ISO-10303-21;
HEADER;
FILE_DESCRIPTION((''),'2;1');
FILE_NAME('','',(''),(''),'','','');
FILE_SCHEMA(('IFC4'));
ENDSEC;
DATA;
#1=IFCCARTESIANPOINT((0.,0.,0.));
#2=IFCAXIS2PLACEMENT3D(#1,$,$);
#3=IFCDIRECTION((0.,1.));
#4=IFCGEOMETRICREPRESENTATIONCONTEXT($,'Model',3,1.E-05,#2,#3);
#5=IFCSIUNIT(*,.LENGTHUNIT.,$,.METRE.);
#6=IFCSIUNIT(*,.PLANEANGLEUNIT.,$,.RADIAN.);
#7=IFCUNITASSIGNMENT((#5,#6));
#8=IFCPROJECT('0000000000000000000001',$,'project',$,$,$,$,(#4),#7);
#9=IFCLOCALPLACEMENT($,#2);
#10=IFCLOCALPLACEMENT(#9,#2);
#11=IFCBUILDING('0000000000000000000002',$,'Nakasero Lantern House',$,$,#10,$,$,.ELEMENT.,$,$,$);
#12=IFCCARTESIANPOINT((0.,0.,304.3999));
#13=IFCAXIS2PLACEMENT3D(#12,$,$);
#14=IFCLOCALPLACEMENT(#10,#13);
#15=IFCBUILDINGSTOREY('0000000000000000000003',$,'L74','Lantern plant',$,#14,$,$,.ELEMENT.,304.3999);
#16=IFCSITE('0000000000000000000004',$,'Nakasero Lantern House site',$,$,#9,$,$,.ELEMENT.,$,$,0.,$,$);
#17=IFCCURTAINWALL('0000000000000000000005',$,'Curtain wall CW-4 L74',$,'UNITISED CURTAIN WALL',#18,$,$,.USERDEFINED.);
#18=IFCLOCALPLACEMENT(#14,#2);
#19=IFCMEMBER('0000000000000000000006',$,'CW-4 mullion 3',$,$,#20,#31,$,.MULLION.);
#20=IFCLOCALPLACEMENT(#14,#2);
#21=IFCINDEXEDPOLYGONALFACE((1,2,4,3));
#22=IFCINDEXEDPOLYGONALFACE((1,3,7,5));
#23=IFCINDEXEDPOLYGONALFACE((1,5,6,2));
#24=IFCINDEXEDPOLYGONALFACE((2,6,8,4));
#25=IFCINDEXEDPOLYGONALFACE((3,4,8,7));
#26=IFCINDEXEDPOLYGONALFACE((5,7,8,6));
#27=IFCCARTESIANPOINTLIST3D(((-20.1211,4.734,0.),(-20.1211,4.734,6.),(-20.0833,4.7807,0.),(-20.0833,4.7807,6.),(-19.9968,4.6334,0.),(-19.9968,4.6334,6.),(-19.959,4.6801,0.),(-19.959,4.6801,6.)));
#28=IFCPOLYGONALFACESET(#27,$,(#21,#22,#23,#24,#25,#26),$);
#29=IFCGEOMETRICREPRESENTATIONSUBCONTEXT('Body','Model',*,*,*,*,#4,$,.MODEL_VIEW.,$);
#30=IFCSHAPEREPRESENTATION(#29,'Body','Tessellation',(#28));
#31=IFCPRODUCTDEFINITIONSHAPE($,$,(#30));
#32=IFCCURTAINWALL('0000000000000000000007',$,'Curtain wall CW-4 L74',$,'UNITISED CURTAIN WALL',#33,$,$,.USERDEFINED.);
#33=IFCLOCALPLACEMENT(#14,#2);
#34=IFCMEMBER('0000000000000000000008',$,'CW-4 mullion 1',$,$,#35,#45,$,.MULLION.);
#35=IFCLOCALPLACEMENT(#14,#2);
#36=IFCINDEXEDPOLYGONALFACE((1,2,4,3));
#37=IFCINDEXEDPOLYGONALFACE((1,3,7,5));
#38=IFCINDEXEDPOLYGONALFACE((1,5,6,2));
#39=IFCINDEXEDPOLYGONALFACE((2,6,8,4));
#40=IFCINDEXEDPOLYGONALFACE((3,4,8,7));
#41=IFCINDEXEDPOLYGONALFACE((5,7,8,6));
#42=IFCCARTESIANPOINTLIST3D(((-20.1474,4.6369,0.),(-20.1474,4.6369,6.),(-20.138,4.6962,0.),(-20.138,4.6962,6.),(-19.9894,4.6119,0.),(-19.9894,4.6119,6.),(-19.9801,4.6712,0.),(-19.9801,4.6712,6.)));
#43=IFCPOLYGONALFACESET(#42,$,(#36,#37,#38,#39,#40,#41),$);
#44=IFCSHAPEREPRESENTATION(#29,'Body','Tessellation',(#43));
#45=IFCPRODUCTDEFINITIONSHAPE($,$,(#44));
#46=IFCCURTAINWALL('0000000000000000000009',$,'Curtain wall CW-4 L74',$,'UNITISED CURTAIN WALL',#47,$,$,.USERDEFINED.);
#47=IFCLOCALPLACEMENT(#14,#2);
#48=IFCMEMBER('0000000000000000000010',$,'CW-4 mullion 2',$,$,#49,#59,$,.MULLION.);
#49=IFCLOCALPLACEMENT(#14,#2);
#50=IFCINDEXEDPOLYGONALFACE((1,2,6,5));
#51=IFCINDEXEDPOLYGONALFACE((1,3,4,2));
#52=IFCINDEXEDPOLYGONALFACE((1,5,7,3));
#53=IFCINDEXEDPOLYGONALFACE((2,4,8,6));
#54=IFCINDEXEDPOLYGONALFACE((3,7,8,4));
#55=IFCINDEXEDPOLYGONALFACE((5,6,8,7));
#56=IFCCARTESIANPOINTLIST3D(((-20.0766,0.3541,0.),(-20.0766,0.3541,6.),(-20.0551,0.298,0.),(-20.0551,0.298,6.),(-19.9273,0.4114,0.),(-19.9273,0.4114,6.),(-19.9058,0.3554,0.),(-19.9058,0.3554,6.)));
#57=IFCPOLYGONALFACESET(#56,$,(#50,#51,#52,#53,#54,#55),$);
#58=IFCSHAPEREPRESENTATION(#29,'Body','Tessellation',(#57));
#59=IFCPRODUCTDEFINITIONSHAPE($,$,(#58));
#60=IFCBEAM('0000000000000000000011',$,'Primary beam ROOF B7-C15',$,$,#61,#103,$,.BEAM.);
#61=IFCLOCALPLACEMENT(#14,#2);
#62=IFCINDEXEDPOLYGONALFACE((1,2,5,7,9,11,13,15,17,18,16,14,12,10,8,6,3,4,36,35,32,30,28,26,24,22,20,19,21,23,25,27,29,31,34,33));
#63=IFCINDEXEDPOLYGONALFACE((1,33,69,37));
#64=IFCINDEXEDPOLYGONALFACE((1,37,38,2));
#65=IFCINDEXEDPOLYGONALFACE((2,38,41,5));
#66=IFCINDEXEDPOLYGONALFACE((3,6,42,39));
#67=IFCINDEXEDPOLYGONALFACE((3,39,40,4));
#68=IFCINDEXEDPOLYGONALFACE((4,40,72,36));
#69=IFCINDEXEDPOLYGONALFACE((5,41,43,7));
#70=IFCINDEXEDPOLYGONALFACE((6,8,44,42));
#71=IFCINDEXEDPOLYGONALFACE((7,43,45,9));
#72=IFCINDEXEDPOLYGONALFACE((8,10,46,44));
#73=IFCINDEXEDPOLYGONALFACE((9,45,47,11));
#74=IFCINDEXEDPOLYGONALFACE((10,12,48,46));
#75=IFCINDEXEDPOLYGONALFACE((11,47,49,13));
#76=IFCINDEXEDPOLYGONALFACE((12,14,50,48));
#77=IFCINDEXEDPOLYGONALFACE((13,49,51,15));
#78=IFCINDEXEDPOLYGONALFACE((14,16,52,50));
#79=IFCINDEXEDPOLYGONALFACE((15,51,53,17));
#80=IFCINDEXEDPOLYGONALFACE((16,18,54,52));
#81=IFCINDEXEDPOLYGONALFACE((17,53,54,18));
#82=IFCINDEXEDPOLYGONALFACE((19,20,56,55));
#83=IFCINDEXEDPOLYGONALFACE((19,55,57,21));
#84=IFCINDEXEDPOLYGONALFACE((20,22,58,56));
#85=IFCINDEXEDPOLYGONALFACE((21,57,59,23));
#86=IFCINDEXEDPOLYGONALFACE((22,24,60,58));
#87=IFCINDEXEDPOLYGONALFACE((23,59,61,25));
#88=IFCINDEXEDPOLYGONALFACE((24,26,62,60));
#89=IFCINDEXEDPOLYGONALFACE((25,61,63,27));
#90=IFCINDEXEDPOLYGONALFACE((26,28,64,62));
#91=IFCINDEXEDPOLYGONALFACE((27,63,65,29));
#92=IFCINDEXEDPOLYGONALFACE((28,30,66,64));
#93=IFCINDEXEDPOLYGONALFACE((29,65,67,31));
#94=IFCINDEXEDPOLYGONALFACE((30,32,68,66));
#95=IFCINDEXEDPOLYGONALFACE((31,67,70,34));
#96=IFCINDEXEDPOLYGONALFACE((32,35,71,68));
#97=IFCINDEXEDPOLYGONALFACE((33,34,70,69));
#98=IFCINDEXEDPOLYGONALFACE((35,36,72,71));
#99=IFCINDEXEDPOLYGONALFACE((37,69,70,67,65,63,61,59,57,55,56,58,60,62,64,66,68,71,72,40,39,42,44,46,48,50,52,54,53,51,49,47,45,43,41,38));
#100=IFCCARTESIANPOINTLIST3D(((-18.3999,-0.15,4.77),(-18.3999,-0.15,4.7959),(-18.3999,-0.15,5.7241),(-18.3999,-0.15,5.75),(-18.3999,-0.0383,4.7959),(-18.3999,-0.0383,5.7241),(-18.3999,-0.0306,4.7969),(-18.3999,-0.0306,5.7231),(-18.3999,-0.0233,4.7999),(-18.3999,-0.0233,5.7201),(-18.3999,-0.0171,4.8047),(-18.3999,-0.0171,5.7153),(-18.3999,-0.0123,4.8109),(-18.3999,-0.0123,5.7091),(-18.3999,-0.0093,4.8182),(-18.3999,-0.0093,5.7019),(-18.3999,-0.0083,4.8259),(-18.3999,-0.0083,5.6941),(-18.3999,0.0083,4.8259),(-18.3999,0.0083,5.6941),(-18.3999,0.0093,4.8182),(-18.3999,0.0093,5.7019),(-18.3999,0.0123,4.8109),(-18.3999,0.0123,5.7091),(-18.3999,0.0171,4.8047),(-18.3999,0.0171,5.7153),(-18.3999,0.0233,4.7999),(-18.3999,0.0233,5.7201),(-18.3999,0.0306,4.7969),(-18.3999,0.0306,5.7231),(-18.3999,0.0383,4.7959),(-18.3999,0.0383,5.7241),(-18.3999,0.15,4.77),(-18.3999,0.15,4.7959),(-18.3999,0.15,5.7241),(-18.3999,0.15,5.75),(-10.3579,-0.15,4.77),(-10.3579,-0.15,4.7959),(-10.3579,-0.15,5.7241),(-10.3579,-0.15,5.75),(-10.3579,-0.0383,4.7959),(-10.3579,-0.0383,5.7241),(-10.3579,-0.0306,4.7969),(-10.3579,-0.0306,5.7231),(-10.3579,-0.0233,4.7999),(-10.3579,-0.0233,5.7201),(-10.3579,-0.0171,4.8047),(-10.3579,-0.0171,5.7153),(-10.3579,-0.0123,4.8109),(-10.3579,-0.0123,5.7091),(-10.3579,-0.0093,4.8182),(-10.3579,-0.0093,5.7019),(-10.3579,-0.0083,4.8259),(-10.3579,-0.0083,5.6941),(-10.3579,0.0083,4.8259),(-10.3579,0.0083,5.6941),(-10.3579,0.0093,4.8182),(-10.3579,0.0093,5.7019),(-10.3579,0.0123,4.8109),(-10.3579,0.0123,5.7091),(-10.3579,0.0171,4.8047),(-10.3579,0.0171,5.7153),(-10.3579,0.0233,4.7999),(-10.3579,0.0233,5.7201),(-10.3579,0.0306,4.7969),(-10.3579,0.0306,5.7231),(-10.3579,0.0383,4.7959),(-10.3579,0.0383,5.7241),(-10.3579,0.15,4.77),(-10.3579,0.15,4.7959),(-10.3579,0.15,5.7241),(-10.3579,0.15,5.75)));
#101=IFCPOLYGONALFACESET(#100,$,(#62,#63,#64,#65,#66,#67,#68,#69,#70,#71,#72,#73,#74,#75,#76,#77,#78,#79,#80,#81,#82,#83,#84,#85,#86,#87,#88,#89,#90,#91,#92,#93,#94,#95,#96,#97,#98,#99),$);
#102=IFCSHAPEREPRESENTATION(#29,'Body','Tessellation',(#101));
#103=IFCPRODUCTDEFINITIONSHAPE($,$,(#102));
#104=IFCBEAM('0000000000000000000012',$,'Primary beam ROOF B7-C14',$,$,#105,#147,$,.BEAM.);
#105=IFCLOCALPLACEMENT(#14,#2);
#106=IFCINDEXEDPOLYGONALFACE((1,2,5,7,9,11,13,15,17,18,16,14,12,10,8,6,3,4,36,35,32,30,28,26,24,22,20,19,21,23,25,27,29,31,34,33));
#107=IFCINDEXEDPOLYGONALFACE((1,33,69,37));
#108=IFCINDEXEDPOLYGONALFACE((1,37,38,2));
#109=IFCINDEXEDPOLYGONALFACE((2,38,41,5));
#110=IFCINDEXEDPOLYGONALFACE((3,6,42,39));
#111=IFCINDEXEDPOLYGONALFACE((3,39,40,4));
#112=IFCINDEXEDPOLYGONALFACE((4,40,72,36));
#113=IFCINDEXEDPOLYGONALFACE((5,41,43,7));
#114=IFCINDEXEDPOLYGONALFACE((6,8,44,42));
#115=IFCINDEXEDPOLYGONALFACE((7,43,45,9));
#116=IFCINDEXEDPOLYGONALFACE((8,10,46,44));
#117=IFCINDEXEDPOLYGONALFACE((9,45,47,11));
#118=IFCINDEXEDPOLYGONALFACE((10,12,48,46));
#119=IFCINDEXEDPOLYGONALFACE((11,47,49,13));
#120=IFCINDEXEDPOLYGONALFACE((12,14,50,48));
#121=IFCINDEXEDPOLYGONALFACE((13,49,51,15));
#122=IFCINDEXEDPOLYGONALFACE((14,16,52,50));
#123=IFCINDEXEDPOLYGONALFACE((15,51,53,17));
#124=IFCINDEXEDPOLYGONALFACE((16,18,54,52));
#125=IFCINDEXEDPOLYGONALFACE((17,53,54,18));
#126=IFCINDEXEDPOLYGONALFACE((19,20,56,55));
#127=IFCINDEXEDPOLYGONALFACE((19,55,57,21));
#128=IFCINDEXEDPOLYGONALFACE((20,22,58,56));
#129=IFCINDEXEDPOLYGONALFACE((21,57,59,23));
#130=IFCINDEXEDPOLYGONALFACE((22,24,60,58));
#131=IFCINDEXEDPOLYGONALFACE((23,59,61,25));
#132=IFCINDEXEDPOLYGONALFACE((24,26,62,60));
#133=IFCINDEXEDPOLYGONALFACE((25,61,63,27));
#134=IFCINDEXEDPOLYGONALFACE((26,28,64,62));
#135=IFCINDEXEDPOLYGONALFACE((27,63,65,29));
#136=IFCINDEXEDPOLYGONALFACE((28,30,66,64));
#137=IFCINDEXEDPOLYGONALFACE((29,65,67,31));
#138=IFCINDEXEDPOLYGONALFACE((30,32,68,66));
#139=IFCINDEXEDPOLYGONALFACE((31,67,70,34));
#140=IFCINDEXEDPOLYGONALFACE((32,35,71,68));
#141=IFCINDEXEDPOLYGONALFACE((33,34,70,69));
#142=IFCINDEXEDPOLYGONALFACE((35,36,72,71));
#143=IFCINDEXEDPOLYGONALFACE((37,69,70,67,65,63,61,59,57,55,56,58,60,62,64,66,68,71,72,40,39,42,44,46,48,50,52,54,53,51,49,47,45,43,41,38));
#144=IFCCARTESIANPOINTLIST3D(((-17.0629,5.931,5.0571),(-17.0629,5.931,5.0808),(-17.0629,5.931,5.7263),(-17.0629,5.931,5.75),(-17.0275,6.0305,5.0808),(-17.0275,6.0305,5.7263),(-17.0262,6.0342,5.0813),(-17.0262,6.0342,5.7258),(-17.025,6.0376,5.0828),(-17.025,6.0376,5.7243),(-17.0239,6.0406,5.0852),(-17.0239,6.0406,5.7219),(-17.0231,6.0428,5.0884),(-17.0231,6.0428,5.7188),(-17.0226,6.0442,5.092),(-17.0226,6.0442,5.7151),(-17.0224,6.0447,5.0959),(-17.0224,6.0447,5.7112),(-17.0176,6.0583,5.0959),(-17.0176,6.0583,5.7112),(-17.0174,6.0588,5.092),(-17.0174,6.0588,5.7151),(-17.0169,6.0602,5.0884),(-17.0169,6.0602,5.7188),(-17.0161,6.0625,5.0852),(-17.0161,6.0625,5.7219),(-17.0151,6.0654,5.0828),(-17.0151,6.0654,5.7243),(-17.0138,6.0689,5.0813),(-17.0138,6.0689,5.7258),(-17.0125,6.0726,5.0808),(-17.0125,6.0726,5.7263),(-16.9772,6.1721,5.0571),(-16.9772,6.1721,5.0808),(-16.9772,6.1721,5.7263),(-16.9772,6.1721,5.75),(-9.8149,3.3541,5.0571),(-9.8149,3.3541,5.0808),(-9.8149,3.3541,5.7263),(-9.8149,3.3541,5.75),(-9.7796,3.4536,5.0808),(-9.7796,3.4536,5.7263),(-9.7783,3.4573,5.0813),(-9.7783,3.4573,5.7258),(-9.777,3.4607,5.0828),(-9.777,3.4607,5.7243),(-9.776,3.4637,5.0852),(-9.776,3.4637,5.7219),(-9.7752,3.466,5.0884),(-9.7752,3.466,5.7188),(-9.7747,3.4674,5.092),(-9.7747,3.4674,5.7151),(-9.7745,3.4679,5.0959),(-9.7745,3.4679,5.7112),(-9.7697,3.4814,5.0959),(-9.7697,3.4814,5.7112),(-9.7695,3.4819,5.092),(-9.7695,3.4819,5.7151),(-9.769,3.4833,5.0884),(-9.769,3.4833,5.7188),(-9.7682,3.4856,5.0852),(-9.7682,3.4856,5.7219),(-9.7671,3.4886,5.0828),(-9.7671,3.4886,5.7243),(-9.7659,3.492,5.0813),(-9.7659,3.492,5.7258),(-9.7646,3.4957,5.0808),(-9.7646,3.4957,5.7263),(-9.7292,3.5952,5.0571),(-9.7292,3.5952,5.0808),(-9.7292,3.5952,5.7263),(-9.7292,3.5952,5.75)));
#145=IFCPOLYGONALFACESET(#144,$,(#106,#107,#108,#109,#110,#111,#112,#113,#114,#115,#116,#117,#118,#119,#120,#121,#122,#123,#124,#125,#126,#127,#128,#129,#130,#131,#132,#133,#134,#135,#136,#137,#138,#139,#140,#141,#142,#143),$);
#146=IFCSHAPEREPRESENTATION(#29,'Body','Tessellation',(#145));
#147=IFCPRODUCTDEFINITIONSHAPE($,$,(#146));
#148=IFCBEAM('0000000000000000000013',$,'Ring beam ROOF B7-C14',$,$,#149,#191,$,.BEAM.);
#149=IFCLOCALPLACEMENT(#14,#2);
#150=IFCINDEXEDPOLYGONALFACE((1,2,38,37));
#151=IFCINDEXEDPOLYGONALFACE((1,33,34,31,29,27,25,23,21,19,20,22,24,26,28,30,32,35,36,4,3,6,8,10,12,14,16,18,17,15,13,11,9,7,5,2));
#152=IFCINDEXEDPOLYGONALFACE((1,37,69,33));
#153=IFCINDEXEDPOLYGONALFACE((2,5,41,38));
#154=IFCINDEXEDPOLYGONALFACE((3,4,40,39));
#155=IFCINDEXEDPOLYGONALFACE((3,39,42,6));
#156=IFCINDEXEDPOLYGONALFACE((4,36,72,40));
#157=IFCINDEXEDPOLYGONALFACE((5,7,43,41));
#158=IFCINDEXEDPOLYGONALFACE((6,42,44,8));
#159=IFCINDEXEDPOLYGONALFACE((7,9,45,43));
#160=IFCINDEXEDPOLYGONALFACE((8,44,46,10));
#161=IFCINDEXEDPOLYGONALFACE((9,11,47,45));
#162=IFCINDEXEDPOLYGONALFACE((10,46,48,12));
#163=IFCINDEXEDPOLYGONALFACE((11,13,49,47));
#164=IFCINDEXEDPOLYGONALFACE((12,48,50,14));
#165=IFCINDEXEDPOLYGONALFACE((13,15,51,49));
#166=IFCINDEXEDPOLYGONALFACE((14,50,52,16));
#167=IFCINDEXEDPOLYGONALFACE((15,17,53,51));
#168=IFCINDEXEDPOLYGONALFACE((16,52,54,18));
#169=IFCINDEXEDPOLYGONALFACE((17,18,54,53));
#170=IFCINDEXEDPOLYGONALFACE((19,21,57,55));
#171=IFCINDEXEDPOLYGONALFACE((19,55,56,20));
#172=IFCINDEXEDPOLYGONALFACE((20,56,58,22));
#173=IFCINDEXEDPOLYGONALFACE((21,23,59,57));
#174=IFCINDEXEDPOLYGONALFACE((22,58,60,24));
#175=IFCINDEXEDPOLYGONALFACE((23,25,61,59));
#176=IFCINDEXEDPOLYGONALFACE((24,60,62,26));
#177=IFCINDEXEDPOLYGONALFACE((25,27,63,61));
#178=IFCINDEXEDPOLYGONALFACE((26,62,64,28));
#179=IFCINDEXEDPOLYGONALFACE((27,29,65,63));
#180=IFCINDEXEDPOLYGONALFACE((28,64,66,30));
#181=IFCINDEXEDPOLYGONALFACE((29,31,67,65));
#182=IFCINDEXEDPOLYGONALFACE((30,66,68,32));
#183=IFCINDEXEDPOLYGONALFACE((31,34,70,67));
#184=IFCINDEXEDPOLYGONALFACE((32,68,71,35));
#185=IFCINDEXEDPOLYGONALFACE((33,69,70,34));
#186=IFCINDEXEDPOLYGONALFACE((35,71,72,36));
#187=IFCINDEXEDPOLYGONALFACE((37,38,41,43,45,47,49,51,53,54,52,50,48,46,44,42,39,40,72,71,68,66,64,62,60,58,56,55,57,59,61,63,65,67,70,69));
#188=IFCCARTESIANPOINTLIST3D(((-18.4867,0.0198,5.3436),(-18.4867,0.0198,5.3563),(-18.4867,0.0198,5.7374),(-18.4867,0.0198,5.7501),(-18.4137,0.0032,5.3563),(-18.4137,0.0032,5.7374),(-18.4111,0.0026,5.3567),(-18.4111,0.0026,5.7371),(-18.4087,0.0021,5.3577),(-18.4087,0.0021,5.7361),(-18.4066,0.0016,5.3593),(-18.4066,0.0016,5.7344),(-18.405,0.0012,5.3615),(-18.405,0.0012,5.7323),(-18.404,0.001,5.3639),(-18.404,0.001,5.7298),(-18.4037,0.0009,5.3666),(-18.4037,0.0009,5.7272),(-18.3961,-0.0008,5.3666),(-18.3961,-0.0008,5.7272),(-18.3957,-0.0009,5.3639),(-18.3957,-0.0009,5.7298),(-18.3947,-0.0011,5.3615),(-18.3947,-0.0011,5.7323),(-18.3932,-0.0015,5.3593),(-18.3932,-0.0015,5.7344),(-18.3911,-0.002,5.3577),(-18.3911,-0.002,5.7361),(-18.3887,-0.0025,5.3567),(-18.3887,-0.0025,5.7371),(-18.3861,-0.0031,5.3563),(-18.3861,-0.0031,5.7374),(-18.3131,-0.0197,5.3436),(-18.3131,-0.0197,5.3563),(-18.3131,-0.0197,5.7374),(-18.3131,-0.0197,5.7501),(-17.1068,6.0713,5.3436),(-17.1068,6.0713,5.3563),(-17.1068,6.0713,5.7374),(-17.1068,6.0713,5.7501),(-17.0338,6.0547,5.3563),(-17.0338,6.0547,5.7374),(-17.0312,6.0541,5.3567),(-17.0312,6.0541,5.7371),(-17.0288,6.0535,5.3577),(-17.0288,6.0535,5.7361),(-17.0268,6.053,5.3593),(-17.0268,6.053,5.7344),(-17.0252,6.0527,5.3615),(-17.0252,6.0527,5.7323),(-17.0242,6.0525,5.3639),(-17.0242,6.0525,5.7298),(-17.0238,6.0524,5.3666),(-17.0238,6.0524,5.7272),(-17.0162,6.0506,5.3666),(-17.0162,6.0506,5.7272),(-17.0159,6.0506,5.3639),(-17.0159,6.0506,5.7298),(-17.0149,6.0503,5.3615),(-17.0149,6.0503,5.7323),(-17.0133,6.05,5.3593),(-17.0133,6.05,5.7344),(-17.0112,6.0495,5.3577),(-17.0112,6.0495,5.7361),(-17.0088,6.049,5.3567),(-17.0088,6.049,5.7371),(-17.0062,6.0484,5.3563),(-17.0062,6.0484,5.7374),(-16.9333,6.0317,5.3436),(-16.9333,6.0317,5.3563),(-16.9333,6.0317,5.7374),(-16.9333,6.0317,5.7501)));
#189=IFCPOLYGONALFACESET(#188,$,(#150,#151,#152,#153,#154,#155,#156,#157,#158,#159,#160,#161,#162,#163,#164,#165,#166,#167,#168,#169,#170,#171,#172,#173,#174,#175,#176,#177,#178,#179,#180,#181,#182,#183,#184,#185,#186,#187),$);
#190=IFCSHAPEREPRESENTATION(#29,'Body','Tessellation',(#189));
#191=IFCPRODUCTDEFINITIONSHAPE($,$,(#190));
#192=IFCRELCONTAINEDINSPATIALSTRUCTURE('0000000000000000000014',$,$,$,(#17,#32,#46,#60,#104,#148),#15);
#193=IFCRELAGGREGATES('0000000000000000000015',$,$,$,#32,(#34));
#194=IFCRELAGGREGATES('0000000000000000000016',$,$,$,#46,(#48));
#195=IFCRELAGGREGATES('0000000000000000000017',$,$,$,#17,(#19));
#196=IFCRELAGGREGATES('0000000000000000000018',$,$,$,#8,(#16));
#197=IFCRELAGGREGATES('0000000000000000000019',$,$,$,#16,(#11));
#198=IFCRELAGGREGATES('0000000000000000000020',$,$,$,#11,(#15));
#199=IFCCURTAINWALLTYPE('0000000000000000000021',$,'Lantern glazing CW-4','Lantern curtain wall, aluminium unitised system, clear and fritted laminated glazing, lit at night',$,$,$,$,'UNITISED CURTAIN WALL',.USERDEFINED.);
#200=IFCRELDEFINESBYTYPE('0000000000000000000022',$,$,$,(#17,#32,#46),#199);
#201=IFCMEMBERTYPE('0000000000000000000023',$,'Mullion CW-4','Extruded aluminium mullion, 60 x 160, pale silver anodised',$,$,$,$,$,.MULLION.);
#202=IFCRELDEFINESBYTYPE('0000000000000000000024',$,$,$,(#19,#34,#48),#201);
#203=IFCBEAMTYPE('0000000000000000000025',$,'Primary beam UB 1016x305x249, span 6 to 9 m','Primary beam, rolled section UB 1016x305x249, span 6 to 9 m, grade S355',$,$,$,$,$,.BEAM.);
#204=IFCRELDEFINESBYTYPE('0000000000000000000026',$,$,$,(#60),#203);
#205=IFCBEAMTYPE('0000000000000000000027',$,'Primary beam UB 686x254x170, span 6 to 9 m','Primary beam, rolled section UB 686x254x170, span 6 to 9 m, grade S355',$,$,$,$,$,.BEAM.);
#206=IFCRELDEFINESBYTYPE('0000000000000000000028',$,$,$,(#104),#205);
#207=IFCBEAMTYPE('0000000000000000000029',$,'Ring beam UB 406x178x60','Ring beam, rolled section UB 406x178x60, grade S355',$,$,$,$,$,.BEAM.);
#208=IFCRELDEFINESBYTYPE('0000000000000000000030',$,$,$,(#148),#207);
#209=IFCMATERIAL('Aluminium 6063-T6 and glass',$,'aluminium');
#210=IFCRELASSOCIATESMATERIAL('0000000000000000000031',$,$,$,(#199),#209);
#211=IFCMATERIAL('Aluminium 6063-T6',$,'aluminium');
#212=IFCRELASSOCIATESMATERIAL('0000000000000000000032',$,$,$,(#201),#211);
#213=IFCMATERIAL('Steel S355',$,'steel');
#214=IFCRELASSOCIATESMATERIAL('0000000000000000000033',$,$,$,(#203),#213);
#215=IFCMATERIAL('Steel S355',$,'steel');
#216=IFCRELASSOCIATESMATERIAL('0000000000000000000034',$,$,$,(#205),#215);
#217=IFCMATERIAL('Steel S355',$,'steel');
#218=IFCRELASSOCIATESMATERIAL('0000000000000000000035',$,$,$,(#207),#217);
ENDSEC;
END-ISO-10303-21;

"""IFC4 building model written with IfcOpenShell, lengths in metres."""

from ifc_helpers import new_model, si_unit, direction, frame, origin, origin_2d, place, context, subcontext, project, spatial, rectangle, i_section, extrude, material, material_profile, profile_set, type_object, element, aggregate, save


model = new_model("IFC4")

# Units and contexts
model_context = context("Model", 3, precision=1e-05, world=origin(), true_north=direction((0.0, 1.0)))
body_context = subcontext(model_context, "Body", "Model", "MODEL_VIEW")
ifc_project = project(units=[si_unit("LENGTHUNIT", "METRE"), si_unit("PLANEANGLEUNIT", "RADIAN")], contexts=[model_context])

# Site, building, storey
site_placement = place(None, origin())
site = spatial("IfcSite", under=ifc_project, at=site_placement, Name="Nakasero Lantern House site", CompositionType="ELEMENT", RefElevation=0.0)
building_placement = place(site_placement, origin())
building = spatial("IfcBuilding", under=site, at=building_placement, Name="Nakasero Lantern House", CompositionType="ELEMENT")
storey_placement = place(building_placement, frame((0.0, 0.0, 304.3999)))
storey = spatial("IfcBuildingStorey", under=building, at=storey_placement, Name="L74", Description="Lantern plant", CompositionType="ELEMENT", Elevation=304.3999)

# Curtain wall, member
ifc_material_1 = material(Name="Aluminium 6063-T6 and glass", Category="aluminium")
curtain_wall_type = type_object("IfcCurtainWallType", Name="Lantern glazing CW-4", Description="Lantern curtain wall, aluminium unitised system, clear and fritted laminated glazing, lit at night", ElementType="UNITISED CURTAIN WALL", PredefinedType="USERDEFINED", material=ifc_material_1)
curtain_wall_1_placement = place(storey_placement, origin())
curtain_wall_1 = element("IfcCurtainWall", 1, at=curtain_wall_1_placement, inside=storey, type_object=curtain_wall_type, Name="Curtain wall CW-4 L74", ObjectType="UNITISED CURTAIN WALL", PredefinedType="USERDEFINED")
ifc_material_2 = material(Name="Aluminium 6063-T6", Category="aluminium")
ifc_material_profile_1 = material_profile(ifc_material_2, rectangle(XDim=0.0601, YDim=0.1599, at=origin_2d()), Name="CW-4 mullion 60x160")
ifc_profile_set_1 = profile_set([ifc_material_profile_1], Name="Aluminium 6063-T6")
member_type_1 = type_object("IfcMemberType", Name="Mullion CW-4", Description="Extruded aluminium mullion, 60 x 160, pale silver anodised", PredefinedType="MULLION", material=ifc_profile_set_1)
member_1_placement = place(storey_placement, frame((-20.04, 4.707, 0.0), z_axis=(0.0, 0.0, 1.0), x_axis=(-0.62932, -0.777146, 0.0)))
member_1 = element("IfcMember", 2, at=member_1_placement, type_object=member_type_1, Name="CW-4 mullion 3", PredefinedType="MULLION", context=body_context, shape_type="SweptSolid", body=[
    extrude(rectangle(XDim=0.0601, YDim=0.1599, at=origin_2d()), origin(), (0.0, 0.0, 1.0), 6.0),
])

# Curtain walls, members
curtain_wall_2_placement = place(storey_placement, origin())
curtain_wall_2 = element("IfcCurtainWall", 3, at=curtain_wall_2_placement, inside=storey, type_object=curtain_wall_type, Name="Curtain wall CW-4 L74", ObjectType="UNITISED CURTAIN WALL", PredefinedType="USERDEFINED")
member_2_placement = place(storey_placement, frame((-20.0637, 4.6541, 0.0), z_axis=(0.0, 0.0, 1.0), x_axis=(-0.156434, -0.987688, 0.0)))
member_2 = element("IfcMember", 4, at=member_2_placement, type_object=member_type_1, Name="CW-4 mullion 1", PredefinedType="MULLION", context=body_context, shape_type="SweptSolid", body=[
    extrude(rectangle(XDim=0.0601, YDim=0.1599, at=origin_2d()), origin(), (0.0, 0.0, 1.0), 6.0),
])
aggregate(curtain_wall_2, [member_2])
curtain_wall_3_placement = place(storey_placement, origin())
curtain_wall_3 = element("IfcCurtainWall", 5, at=curtain_wall_3_placement, inside=storey, type_object=curtain_wall_type, Name="Curtain wall CW-4 L74", ObjectType="UNITISED CURTAIN WALL", PredefinedType="USERDEFINED")
member_3_placement = place(storey_placement, frame((-19.9912, 0.3547, 0.0), z_axis=(0.0, 0.0, 1.0), x_axis=(0.358368, -0.93358, 0.0)))
member_3 = element("IfcMember", 6, at=member_3_placement, type_object=member_type_1, Name="CW-4 mullion 2", PredefinedType="MULLION", context=body_context, shape_type="SweptSolid", body=[
    extrude(rectangle(XDim=0.0601, YDim=0.1599, at=origin_2d()), origin(), (0.0, 0.0, 1.0), 6.0),
])

# Beams
ifc_material_3 = material(Name="Steel S355", Category="steel")
ifc_material_profile_2 = material_profile(ifc_material_3, i_section(OverallWidth=0.3, OverallDepth=0.98, WebThickness=0.0166, FlangeThickness=0.0259, FilletRadius=0.03, at=origin_2d()), Name="UB 1016x305x249")
ifc_profile_set_2 = profile_set([ifc_material_profile_2], Name="Steel S355")
beam_type_1 = type_object("IfcBeamType", Name="Primary beam UB 1016x305x249, span 6 to 9 m", Description="Primary beam, rolled section UB 1016x305x249, span 6 to 9 m, grade S355", PredefinedType="BEAM", material=ifc_profile_set_2)
beam_1_placement = place(storey_placement, frame((-18.3999, 0.0, 5.26), z_axis=(1.0, 0.0, 0.0), x_axis=(0.0, 1.0, 0.0)))
element("IfcBeam", 7, at=beam_1_placement, inside=storey, type_object=beam_type_1, Name="Primary beam ROOF B7-C15", PredefinedType="BEAM", context=body_context, shape_type="SweptSolid", body=[
    extrude(i_section(OverallWidth=0.3, OverallDepth=0.98, WebThickness=0.0166, FlangeThickness=0.0259, FilletRadius=0.03, at=origin_2d()), origin(), (0.0, 0.0, 1.0), 8.042),
])
ifc_material_4 = material(Name="Steel S355", Category="steel")
ifc_material_profile_3 = material_profile(ifc_material_4, i_section(OverallWidth=0.2559, OverallDepth=0.6929, WebThickness=0.0144, FlangeThickness=0.0237, FilletRadius=0.0151, at=origin_2d()), Name="UB 686x254x170")
ifc_profile_set_3 = profile_set([ifc_material_profile_3], Name="Steel S355")
beam_type_2 = type_object("IfcBeamType", Name="Primary beam UB 686x254x170, span 6 to 9 m", Description="Primary beam, rolled section UB 686x254x170, span 6 to 9 m, grade S355", PredefinedType="BEAM", material=ifc_profile_set_3)
beam_2_placement = place(storey_placement, frame((-17.02, 6.0515, 5.4036), z_axis=(0.942222, -0.334989, 0.0), x_axis=(0.334989, 0.942222, 0.0)))
element("IfcBeam", 8, at=beam_2_placement, inside=storey, type_object=beam_type_2, Name="Primary beam ROOF B7-C14", PredefinedType="BEAM", context=body_context, shape_type="SweptSolid", body=[
    extrude(i_section(OverallWidth=0.2559, OverallDepth=0.6929, WebThickness=0.0144, FlangeThickness=0.0237, FilletRadius=0.0151, at=origin_2d()), origin(), (0.0, 0.0, 1.0), 7.6924),
])
ifc_material_5 = material(Name="Steel S355", Category="steel")
ifc_material_profile_4 = material_profile(ifc_material_5, i_section(OverallWidth=0.178, OverallDepth=0.4065, WebThickness=0.0078, FlangeThickness=0.0127, FilletRadius=0.0103, at=origin_2d()), Name="UB 406x178x60")
ifc_profile_set_4 = profile_set([ifc_material_profile_4], Name="Steel S355")
beam_type_3 = type_object("IfcBeamType", Name="Ring beam UB 406x178x60", Description="Ring beam, rolled section UB 406x178x60, grade S355", PredefinedType="BEAM", material=ifc_profile_set_4)
beam_3_placement = place(storey_placement, frame((-17.02, 6.0515, 5.5469), z_axis=(-0.222316, -0.974975, 0.0), x_axis=(0.974975, -0.222316, 0.0)))
element("IfcBeam", 9, at=beam_3_placement, inside=storey, type_object=beam_type_3, Name="Ring beam ROOF B7-C14", PredefinedType="BEAM", context=body_context, shape_type="SweptSolid", body=[
    extrude(i_section(OverallWidth=0.178, OverallDepth=0.4065, WebThickness=0.0078, FlangeThickness=0.0127, FilletRadius=0.0103, at=origin_2d()), origin(), (0.0, 0.0, 1.0), 6.2068),
])

aggregate(curtain_wall_3, [member_3])

aggregate(curtain_wall_1, [member_1])

save(model, "model.ifc")
